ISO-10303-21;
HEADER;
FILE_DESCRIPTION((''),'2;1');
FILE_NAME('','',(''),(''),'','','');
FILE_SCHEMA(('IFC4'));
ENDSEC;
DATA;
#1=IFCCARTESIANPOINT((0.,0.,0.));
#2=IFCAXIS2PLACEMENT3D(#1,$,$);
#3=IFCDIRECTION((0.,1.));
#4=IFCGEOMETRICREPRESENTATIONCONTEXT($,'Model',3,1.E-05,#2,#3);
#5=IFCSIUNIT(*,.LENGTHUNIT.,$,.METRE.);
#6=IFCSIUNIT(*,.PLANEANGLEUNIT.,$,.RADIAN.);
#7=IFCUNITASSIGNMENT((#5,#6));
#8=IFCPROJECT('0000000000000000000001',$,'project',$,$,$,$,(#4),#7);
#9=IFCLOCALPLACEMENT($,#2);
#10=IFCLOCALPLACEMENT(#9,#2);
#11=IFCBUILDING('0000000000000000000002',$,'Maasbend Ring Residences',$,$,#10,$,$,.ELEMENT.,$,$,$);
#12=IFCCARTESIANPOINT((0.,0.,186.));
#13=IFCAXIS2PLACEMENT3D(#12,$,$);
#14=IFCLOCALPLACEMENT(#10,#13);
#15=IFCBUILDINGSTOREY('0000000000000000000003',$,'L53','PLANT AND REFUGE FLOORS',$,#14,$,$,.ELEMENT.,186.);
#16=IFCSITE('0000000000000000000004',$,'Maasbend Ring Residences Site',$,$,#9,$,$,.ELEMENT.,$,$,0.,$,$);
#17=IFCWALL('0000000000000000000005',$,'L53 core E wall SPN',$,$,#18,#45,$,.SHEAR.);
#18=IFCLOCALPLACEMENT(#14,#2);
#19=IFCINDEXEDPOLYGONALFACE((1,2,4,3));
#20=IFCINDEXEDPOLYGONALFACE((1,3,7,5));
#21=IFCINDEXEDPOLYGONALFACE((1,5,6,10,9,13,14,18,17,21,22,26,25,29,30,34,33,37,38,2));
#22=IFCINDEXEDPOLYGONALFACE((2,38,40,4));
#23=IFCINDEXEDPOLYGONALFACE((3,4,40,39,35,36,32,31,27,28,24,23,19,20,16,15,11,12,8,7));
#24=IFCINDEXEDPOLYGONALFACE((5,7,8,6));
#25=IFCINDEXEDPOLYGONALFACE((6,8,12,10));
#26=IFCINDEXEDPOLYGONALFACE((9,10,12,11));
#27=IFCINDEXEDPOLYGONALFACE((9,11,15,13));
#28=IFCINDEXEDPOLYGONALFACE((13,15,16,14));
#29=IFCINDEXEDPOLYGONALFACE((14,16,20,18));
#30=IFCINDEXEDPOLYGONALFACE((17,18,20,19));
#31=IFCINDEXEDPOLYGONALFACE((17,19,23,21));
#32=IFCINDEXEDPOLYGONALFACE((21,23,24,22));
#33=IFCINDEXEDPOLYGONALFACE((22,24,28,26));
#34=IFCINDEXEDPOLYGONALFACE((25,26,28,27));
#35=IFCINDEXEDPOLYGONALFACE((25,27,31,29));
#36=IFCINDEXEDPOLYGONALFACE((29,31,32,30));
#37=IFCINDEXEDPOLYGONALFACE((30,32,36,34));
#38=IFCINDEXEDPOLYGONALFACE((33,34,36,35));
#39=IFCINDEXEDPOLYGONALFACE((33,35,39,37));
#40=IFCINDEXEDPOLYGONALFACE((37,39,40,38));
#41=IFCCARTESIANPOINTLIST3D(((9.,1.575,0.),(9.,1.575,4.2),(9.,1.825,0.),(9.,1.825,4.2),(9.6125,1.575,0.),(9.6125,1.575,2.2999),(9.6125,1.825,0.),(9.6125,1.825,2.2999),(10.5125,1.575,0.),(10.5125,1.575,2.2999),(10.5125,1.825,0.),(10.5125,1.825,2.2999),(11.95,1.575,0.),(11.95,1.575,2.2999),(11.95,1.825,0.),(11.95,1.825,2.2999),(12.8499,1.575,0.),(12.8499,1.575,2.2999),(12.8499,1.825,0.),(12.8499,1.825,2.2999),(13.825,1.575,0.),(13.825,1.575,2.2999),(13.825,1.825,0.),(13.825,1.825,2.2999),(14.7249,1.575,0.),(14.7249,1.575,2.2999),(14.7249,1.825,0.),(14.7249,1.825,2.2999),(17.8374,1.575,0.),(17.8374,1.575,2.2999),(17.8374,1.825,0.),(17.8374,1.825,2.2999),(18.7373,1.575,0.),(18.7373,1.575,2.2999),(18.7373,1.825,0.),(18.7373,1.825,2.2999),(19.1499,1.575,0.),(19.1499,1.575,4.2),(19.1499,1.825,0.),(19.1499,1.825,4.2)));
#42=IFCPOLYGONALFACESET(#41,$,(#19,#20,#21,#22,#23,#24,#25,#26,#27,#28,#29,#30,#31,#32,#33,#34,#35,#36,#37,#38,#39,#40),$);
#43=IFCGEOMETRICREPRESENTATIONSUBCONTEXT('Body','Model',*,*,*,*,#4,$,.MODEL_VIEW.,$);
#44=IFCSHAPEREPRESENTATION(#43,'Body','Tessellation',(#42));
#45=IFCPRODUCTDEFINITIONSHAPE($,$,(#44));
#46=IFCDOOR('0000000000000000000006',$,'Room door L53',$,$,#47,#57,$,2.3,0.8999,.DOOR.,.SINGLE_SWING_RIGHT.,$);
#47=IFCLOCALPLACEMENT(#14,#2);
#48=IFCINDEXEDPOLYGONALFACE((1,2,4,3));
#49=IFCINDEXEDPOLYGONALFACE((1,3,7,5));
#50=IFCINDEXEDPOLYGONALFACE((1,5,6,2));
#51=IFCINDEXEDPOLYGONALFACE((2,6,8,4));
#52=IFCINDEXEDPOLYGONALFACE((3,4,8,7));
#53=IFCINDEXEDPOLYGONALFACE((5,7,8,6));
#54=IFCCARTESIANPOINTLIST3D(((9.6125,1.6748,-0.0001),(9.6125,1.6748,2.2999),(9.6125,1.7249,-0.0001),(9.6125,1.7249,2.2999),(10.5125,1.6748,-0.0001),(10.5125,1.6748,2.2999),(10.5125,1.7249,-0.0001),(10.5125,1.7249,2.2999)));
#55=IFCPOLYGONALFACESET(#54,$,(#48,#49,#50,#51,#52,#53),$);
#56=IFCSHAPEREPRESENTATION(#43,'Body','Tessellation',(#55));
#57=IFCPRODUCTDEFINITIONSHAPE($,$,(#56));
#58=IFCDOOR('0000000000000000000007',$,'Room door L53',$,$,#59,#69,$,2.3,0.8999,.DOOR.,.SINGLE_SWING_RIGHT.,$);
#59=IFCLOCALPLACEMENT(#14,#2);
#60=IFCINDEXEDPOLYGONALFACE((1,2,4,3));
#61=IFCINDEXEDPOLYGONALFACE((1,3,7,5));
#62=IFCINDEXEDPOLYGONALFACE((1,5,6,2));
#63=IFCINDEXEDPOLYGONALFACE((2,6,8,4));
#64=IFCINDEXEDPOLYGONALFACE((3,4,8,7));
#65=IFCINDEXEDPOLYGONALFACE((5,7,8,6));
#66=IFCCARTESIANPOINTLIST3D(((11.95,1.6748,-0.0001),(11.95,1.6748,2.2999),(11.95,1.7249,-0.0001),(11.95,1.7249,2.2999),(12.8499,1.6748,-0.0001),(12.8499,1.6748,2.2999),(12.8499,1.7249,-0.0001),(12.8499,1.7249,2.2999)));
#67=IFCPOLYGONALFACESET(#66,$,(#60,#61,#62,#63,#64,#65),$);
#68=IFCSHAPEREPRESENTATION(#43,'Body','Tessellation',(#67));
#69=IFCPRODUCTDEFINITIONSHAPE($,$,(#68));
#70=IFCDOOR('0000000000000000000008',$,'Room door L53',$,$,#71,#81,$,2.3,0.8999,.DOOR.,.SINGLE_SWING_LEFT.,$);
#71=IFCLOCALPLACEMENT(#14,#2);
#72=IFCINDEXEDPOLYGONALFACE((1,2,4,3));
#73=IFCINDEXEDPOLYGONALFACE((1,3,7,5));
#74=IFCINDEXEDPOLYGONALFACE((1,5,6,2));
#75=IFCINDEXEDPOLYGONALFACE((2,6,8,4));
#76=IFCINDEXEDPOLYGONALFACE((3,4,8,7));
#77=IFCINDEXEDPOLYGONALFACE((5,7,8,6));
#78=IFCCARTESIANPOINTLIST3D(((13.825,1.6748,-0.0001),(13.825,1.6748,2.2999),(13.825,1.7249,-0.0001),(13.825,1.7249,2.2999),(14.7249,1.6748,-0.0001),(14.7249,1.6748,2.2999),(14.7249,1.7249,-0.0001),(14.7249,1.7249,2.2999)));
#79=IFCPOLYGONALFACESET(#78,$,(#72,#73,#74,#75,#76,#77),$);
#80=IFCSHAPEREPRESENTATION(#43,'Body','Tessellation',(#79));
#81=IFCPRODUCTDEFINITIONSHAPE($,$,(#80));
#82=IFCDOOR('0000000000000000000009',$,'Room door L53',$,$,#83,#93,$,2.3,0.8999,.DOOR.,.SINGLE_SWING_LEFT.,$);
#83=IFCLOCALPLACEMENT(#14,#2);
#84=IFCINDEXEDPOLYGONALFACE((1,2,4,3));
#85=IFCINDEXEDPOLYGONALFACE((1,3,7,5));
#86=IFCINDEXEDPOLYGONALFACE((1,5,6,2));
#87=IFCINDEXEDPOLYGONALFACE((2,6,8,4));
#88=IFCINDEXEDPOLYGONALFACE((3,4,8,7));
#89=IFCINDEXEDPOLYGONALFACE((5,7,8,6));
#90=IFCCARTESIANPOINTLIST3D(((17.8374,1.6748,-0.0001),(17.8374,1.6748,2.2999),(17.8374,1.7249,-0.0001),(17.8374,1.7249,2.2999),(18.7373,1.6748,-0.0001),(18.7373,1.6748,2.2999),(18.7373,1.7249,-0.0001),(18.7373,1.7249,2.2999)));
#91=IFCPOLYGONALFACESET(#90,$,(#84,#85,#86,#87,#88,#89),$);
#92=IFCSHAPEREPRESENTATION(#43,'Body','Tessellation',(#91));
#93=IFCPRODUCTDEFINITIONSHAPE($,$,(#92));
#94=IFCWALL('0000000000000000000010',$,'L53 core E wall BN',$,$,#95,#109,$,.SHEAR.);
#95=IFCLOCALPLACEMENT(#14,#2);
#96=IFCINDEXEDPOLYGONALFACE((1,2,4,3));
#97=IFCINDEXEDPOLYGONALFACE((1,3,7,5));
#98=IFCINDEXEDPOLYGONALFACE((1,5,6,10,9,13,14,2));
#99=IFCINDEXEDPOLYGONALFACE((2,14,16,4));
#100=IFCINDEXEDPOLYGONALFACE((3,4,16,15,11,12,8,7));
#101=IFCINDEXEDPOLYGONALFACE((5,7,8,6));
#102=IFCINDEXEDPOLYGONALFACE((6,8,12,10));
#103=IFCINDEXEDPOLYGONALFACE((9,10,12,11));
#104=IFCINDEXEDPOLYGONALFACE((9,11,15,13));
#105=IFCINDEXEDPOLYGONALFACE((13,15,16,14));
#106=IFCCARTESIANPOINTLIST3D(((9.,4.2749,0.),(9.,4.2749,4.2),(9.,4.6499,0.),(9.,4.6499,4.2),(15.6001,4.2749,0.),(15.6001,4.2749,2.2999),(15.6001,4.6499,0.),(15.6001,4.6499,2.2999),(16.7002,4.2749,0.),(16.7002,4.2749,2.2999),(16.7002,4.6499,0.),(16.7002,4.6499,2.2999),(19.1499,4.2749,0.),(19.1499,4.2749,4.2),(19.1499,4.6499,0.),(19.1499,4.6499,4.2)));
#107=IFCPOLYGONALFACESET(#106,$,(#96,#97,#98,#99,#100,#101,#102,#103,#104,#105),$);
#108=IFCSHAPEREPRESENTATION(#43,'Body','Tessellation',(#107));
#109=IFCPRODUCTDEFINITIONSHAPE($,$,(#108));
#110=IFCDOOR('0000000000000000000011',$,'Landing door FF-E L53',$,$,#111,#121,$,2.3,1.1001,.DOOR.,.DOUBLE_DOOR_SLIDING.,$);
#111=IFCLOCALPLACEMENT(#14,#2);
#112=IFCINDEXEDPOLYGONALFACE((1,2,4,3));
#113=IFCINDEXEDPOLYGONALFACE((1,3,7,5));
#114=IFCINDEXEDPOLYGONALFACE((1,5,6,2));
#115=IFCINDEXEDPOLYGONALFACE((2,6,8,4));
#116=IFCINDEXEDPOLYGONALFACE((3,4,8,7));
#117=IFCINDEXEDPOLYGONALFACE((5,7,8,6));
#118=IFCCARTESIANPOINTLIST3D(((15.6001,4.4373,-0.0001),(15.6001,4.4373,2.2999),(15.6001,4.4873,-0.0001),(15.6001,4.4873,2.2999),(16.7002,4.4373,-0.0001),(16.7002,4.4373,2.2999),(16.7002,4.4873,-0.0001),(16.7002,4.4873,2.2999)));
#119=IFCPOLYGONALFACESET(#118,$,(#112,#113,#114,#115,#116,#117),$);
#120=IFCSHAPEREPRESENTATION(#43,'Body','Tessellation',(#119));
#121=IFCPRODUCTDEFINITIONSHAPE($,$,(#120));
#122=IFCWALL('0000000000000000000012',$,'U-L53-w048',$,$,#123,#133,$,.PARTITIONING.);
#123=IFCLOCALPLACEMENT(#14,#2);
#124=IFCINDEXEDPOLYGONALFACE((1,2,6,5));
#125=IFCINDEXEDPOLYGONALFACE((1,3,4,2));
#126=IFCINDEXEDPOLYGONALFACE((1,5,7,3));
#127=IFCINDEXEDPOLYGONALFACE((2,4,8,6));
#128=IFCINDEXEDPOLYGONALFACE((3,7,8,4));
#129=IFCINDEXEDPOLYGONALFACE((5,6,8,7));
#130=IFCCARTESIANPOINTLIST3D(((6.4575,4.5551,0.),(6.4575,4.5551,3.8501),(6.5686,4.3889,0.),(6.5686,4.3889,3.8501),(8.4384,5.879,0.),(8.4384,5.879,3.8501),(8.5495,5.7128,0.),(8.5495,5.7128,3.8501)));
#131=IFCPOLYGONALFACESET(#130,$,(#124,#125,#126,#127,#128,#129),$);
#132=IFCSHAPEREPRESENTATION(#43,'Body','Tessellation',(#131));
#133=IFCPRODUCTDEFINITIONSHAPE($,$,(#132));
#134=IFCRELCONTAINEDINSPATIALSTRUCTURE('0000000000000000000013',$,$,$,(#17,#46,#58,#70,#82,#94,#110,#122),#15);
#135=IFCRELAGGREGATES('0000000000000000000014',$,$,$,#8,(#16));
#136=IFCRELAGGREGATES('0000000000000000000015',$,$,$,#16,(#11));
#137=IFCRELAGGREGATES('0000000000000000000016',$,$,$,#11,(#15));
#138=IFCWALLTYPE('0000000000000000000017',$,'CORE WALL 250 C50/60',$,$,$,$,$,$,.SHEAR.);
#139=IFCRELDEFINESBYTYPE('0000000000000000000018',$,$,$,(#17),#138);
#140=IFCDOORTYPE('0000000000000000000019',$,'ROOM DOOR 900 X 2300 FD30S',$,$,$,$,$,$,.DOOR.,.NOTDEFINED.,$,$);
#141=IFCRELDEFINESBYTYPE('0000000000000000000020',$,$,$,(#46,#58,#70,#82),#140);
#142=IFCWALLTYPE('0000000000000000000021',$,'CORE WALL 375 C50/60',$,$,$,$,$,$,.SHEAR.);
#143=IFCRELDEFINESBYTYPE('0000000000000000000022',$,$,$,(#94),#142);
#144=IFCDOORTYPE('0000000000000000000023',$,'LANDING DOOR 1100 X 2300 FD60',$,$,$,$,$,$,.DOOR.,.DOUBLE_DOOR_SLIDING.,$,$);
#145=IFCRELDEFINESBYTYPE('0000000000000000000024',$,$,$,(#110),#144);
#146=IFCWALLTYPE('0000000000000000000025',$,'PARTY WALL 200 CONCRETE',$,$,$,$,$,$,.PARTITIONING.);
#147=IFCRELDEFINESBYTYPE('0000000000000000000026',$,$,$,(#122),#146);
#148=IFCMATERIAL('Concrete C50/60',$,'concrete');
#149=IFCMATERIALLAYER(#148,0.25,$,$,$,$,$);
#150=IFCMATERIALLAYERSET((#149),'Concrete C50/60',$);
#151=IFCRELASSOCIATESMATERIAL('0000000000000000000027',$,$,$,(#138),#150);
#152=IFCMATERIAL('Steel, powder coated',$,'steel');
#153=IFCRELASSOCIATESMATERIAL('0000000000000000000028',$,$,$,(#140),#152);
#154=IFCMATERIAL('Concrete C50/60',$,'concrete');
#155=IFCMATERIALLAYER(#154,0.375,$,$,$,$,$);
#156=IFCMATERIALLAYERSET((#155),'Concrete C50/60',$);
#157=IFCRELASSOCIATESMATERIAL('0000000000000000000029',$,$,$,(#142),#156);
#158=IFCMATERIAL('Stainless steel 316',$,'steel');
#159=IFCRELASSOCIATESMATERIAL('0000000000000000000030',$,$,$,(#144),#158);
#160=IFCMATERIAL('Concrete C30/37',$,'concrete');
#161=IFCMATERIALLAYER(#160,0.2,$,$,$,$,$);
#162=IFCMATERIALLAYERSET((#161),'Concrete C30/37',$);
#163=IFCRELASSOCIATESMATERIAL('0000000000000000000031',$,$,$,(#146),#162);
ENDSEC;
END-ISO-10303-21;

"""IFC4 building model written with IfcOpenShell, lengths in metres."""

from ifc_helpers import new_model, si_unit, direction, frame, frame_2d, origin, place, context, subcontext, project, spatial, rectangle, extrude, material, layer, layer_set, type_object, element, fill, save


model = new_model("IFC4")

# Units and contexts
model_context = context("Model", 3, precision=1e-05, world=origin(), true_north=direction((0.0, 1.0)))
body_context = subcontext(model_context, "Body", "Model", "MODEL_VIEW")
ifc_project = project(units=[si_unit("LENGTHUNIT", "METRE"), si_unit("PLANEANGLEUNIT", "RADIAN")], contexts=[model_context])

# Site, building, storey
site_placement = place(None, origin())
site = spatial("IfcSite", under=ifc_project, at=site_placement, Name="Maasbend Ring Residences Site", CompositionType="ELEMENT", RefElevation=0.0)
building_placement = place(site_placement, origin())
building = spatial("IfcBuilding", under=site, at=building_placement, Name="Maasbend Ring Residences", CompositionType="ELEMENT")
storey_placement = place(building_placement, frame((0.0, 0.0, 186.0)))
storey = spatial("IfcBuildingStorey", under=building, at=storey_placement, Name="L53", Description="PLANT AND REFUGE FLOORS", CompositionType="ELEMENT", Elevation=186.0)

# Wall, openings, doors
ifc_material_1 = material(Name="Concrete C50/60", Category="concrete")
ifc_layer_1 = layer(ifc_material_1, 0.25)
ifc_layer_set_1 = layer_set([ifc_layer_1], Name="Concrete C50/60")
wall_type_1 = type_object("IfcWallType", Name="CORE WALL 250 C50/60", PredefinedType="SHEAR", material=ifc_layer_set_1)
wall_1_placement = place(storey_placement, frame((9.0, 1.7, 0.0), z_axis=(0.0, 0.0, 1.0), x_axis=(1.0, 0.0, 0.0)))
wall_1 = element("IfcWall", 1, at=wall_1_placement, inside=storey, type_object=wall_type_1, Name="L53 core E wall SPN", PredefinedType="SHEAR", context=body_context, shape_type="SweptSolid", body=[
    extrude(rectangle(XDim=10.1499, YDim=0.25, at=frame_2d((5.075, 0.0))), origin(), (0.0, 0.0, 1.0), 4.2),
])
opening_1_placement = place(wall_1_placement, frame((0.6125, 0.0, 0.0)))
opening_1 = element("IfcOpeningElement", 2, at=opening_1_placement, cuts=wall_1, PredefinedType="OPENING", context=body_context, shape_type="SweptSolid", body=[
    extrude(rectangle(XDim=0.8999, YDim=2.3, at=frame_2d((0.45, 1.1499))), frame((0.0, 0.135, 0.0), z_axis=(0.0, -1.0, 0.0), x_axis=(1.0, 0.0, 0.0)), (0.0, 0.0, 1.0), 0.27),
])
opening_2_placement = place(wall_1_placement, frame((2.95, 0.0, 0.0)))
opening_2 = element("IfcOpeningElement", 3, at=opening_2_placement, cuts=wall_1, PredefinedType="OPENING", context=body_context, shape_type="SweptSolid", body=[
    extrude(rectangle(XDim=0.8999, YDim=2.3, at=frame_2d((0.45, 1.1499))), frame((0.0, 0.135, 0.0), z_axis=(0.0, -1.0, 0.0), x_axis=(1.0, 0.0, 0.0)), (0.0, 0.0, 1.0), 0.27),
])
opening_3_placement = place(wall_1_placement, frame((4.825, 0.0, 0.0)))
opening_3 = element("IfcOpeningElement", 4, at=opening_3_placement, cuts=wall_1, PredefinedType="OPENING", context=body_context, shape_type="SweptSolid", body=[
    extrude(rectangle(XDim=0.8999, YDim=2.3, at=frame_2d((0.45, 1.1499))), frame((0.0, 0.135, 0.0), z_axis=(0.0, -1.0, 0.0), x_axis=(1.0, 0.0, 0.0)), (0.0, 0.0, 1.0), 0.27),
])
opening_4_placement = place(wall_1_placement, frame((8.8374, 0.0, 0.0)))
opening_4 = element("IfcOpeningElement", 5, at=opening_4_placement, cuts=wall_1, PredefinedType="OPENING", context=body_context, shape_type="SweptSolid", body=[
    extrude(rectangle(XDim=0.8999, YDim=2.3, at=frame_2d((0.45, 1.1499))), frame((0.0, 0.135, 0.0), z_axis=(0.0, -1.0, 0.0), x_axis=(1.0, 0.0, 0.0)), (0.0, 0.0, 1.0), 0.27),
])
ifc_material_2 = material(Name="Steel, powder coated", Category="steel")
door_type_1 = type_object("IfcDoorType", Name="ROOM DOOR 900 X 2300 FD30S", OperationType="NOTDEFINED", PredefinedType="DOOR", material=ifc_material_2)
door_1_placement = place(opening_1_placement, origin())
door_1 = element("IfcDoor", 6, at=door_1_placement, inside=storey, type_object=door_type_1, Name="Room door L53", OperationType="SINGLE_SWING_RIGHT", OverallHeight=2.3, OverallWidth=0.8999, PredefinedType="DOOR", context=body_context, shape_type="SweptSolid", body=[
    extrude(rectangle(XDim=0.8999, YDim=2.3, at=frame_2d((0.45, 1.1499))), frame((0.0, 0.0249, 0.0), z_axis=(0.0, -1.0, 0.0), x_axis=(1.0, 0.0, 0.0)), (0.0, 0.0, 1.0), 0.05),
])
fill(opening_1, door_1)
door_2_placement = place(opening_2_placement, origin())
door_2 = element("IfcDoor", 7, at=door_2_placement, inside=storey, type_object=door_type_1, Name="Room door L53", OperationType="SINGLE_SWING_RIGHT", OverallHeight=2.3, OverallWidth=0.8999, PredefinedType="DOOR", context=body_context, shape_type="SweptSolid", body=[
    extrude(rectangle(XDim=0.8999, YDim=2.3, at=frame_2d((0.45, 1.1499))), frame((0.0, 0.0249, 0.0), z_axis=(0.0, -1.0, 0.0), x_axis=(1.0, 0.0, 0.0)), (0.0, 0.0, 1.0), 0.05),
])
fill(opening_2, door_2)
door_3_placement = place(opening_3_placement, origin())
door_3 = element("IfcDoor", 8, at=door_3_placement, inside=storey, type_object=door_type_1, Name="Room door L53", OperationType="SINGLE_SWING_LEFT", OverallHeight=2.3, OverallWidth=0.8999, PredefinedType="DOOR", context=body_context, shape_type="SweptSolid", body=[
    extrude(rectangle(XDim=0.8999, YDim=2.3, at=frame_2d((0.45, 1.1499))), frame((0.0, 0.0249, 0.0), z_axis=(0.0, -1.0, 0.0), x_axis=(1.0, 0.0, 0.0)), (0.0, 0.0, 1.0), 0.05),
])
fill(opening_3, door_3)
door_4_placement = place(opening_4_placement, origin())
door_4 = element("IfcDoor", 9, at=door_4_placement, inside=storey, type_object=door_type_1, Name="Room door L53", OperationType="SINGLE_SWING_LEFT", OverallHeight=2.3, OverallWidth=0.8999, PredefinedType="DOOR", context=body_context, shape_type="SweptSolid", body=[
    extrude(rectangle(XDim=0.8999, YDim=2.3, at=frame_2d((0.45, 1.1499))), frame((0.0, 0.0249, 0.0), z_axis=(0.0, -1.0, 0.0), x_axis=(1.0, 0.0, 0.0)), (0.0, 0.0, 1.0), 0.05),
])
fill(opening_4, door_4)

# Wall, opening, door
ifc_material_3 = material(Name="Concrete C50/60", Category="concrete")
ifc_layer_2 = layer(ifc_material_3, 0.375)
ifc_layer_set_2 = layer_set([ifc_layer_2], Name="Concrete C50/60")
wall_type_2 = type_object("IfcWallType", Name="CORE WALL 375 C50/60", PredefinedType="SHEAR", material=ifc_layer_set_2)
wall_2_placement = place(storey_placement, frame((9.0, 4.4624, 0.0), z_axis=(0.0, 0.0, 1.0), x_axis=(1.0, 0.0, 0.0)))
wall_2 = element("IfcWall", 10, at=wall_2_placement, inside=storey, type_object=wall_type_2, Name="L53 core E wall BN", PredefinedType="SHEAR", context=body_context, shape_type="SweptSolid", body=[
    extrude(rectangle(XDim=10.1499, YDim=0.375, at=frame_2d((5.075, 0.0))), origin(), (0.0, 0.0, 1.0), 4.2),
])
opening_5_placement = place(wall_2_placement, frame((6.6001, 0.0, 0.0)))
opening_5 = element("IfcOpeningElement", 11, at=opening_5_placement, cuts=wall_2, PredefinedType="OPENING", context=body_context, shape_type="SweptSolid", body=[
    extrude(rectangle(XDim=1.1001, YDim=2.3, at=frame_2d((0.55, 1.1499))), frame((0.0, 0.1975, 0.0), z_axis=(0.0, -1.0, 0.0), x_axis=(1.0, 0.0, 0.0)), (0.0, 0.0, 1.0), 0.395),
])
ifc_material_4 = material(Name="Stainless steel 316", Category="steel")
door_type_2 = type_object("IfcDoorType", Name="LANDING DOOR 1100 X 2300 FD60", OperationType="DOUBLE_DOOR_SLIDING", PredefinedType="DOOR", material=ifc_material_4)
door_5_placement = place(opening_5_placement, origin())
door_5 = element("IfcDoor", 12, at=door_5_placement, inside=storey, type_object=door_type_2, Name="Landing door FF-E L53", OperationType="DOUBLE_DOOR_SLIDING", OverallHeight=2.3, OverallWidth=1.1001, PredefinedType="DOOR", context=body_context, shape_type="SweptSolid", body=[
    extrude(rectangle(XDim=1.1001, YDim=2.3, at=frame_2d((0.55, 1.1499))), frame((0.0, 0.0249, 0.0), z_axis=(0.0, -1.0, 0.0), x_axis=(1.0, 0.0, 0.0)), (0.0, 0.0, 1.0), 0.05),
])
fill(opening_5, door_5)

# Wall
ifc_material_5 = material(Name="Concrete C30/37", Category="concrete")
ifc_layer_3 = layer(ifc_material_5, 0.2)
ifc_layer_set_3 = layer_set([ifc_layer_3], Name="Concrete C30/37")
wall_type_3 = type_object("IfcWallType", Name="PARTY WALL 200 CONCRETE", PredefinedType="PARTITIONING", material=ifc_layer_set_3)
wall_3_placement = place(storey_placement, frame((6.5129, 4.4719, 0.0), z_axis=(0.0, 0.0, 1.0), x_axis=(0.831403, 0.555669, 0.0)))
element("IfcWall", 13, at=wall_3_placement, inside=storey, type_object=wall_type_3, Name="U-L53-w048", PredefinedType="PARTITIONING", context=body_context, shape_type="SweptSolid", body=[
    extrude(rectangle(XDim=2.3826, YDim=0.2, at=frame_2d((1.1914, 0.0))), origin(), (0.0, 0.0, 1.0), 3.8501),
])

save(model, "model.ifc")
